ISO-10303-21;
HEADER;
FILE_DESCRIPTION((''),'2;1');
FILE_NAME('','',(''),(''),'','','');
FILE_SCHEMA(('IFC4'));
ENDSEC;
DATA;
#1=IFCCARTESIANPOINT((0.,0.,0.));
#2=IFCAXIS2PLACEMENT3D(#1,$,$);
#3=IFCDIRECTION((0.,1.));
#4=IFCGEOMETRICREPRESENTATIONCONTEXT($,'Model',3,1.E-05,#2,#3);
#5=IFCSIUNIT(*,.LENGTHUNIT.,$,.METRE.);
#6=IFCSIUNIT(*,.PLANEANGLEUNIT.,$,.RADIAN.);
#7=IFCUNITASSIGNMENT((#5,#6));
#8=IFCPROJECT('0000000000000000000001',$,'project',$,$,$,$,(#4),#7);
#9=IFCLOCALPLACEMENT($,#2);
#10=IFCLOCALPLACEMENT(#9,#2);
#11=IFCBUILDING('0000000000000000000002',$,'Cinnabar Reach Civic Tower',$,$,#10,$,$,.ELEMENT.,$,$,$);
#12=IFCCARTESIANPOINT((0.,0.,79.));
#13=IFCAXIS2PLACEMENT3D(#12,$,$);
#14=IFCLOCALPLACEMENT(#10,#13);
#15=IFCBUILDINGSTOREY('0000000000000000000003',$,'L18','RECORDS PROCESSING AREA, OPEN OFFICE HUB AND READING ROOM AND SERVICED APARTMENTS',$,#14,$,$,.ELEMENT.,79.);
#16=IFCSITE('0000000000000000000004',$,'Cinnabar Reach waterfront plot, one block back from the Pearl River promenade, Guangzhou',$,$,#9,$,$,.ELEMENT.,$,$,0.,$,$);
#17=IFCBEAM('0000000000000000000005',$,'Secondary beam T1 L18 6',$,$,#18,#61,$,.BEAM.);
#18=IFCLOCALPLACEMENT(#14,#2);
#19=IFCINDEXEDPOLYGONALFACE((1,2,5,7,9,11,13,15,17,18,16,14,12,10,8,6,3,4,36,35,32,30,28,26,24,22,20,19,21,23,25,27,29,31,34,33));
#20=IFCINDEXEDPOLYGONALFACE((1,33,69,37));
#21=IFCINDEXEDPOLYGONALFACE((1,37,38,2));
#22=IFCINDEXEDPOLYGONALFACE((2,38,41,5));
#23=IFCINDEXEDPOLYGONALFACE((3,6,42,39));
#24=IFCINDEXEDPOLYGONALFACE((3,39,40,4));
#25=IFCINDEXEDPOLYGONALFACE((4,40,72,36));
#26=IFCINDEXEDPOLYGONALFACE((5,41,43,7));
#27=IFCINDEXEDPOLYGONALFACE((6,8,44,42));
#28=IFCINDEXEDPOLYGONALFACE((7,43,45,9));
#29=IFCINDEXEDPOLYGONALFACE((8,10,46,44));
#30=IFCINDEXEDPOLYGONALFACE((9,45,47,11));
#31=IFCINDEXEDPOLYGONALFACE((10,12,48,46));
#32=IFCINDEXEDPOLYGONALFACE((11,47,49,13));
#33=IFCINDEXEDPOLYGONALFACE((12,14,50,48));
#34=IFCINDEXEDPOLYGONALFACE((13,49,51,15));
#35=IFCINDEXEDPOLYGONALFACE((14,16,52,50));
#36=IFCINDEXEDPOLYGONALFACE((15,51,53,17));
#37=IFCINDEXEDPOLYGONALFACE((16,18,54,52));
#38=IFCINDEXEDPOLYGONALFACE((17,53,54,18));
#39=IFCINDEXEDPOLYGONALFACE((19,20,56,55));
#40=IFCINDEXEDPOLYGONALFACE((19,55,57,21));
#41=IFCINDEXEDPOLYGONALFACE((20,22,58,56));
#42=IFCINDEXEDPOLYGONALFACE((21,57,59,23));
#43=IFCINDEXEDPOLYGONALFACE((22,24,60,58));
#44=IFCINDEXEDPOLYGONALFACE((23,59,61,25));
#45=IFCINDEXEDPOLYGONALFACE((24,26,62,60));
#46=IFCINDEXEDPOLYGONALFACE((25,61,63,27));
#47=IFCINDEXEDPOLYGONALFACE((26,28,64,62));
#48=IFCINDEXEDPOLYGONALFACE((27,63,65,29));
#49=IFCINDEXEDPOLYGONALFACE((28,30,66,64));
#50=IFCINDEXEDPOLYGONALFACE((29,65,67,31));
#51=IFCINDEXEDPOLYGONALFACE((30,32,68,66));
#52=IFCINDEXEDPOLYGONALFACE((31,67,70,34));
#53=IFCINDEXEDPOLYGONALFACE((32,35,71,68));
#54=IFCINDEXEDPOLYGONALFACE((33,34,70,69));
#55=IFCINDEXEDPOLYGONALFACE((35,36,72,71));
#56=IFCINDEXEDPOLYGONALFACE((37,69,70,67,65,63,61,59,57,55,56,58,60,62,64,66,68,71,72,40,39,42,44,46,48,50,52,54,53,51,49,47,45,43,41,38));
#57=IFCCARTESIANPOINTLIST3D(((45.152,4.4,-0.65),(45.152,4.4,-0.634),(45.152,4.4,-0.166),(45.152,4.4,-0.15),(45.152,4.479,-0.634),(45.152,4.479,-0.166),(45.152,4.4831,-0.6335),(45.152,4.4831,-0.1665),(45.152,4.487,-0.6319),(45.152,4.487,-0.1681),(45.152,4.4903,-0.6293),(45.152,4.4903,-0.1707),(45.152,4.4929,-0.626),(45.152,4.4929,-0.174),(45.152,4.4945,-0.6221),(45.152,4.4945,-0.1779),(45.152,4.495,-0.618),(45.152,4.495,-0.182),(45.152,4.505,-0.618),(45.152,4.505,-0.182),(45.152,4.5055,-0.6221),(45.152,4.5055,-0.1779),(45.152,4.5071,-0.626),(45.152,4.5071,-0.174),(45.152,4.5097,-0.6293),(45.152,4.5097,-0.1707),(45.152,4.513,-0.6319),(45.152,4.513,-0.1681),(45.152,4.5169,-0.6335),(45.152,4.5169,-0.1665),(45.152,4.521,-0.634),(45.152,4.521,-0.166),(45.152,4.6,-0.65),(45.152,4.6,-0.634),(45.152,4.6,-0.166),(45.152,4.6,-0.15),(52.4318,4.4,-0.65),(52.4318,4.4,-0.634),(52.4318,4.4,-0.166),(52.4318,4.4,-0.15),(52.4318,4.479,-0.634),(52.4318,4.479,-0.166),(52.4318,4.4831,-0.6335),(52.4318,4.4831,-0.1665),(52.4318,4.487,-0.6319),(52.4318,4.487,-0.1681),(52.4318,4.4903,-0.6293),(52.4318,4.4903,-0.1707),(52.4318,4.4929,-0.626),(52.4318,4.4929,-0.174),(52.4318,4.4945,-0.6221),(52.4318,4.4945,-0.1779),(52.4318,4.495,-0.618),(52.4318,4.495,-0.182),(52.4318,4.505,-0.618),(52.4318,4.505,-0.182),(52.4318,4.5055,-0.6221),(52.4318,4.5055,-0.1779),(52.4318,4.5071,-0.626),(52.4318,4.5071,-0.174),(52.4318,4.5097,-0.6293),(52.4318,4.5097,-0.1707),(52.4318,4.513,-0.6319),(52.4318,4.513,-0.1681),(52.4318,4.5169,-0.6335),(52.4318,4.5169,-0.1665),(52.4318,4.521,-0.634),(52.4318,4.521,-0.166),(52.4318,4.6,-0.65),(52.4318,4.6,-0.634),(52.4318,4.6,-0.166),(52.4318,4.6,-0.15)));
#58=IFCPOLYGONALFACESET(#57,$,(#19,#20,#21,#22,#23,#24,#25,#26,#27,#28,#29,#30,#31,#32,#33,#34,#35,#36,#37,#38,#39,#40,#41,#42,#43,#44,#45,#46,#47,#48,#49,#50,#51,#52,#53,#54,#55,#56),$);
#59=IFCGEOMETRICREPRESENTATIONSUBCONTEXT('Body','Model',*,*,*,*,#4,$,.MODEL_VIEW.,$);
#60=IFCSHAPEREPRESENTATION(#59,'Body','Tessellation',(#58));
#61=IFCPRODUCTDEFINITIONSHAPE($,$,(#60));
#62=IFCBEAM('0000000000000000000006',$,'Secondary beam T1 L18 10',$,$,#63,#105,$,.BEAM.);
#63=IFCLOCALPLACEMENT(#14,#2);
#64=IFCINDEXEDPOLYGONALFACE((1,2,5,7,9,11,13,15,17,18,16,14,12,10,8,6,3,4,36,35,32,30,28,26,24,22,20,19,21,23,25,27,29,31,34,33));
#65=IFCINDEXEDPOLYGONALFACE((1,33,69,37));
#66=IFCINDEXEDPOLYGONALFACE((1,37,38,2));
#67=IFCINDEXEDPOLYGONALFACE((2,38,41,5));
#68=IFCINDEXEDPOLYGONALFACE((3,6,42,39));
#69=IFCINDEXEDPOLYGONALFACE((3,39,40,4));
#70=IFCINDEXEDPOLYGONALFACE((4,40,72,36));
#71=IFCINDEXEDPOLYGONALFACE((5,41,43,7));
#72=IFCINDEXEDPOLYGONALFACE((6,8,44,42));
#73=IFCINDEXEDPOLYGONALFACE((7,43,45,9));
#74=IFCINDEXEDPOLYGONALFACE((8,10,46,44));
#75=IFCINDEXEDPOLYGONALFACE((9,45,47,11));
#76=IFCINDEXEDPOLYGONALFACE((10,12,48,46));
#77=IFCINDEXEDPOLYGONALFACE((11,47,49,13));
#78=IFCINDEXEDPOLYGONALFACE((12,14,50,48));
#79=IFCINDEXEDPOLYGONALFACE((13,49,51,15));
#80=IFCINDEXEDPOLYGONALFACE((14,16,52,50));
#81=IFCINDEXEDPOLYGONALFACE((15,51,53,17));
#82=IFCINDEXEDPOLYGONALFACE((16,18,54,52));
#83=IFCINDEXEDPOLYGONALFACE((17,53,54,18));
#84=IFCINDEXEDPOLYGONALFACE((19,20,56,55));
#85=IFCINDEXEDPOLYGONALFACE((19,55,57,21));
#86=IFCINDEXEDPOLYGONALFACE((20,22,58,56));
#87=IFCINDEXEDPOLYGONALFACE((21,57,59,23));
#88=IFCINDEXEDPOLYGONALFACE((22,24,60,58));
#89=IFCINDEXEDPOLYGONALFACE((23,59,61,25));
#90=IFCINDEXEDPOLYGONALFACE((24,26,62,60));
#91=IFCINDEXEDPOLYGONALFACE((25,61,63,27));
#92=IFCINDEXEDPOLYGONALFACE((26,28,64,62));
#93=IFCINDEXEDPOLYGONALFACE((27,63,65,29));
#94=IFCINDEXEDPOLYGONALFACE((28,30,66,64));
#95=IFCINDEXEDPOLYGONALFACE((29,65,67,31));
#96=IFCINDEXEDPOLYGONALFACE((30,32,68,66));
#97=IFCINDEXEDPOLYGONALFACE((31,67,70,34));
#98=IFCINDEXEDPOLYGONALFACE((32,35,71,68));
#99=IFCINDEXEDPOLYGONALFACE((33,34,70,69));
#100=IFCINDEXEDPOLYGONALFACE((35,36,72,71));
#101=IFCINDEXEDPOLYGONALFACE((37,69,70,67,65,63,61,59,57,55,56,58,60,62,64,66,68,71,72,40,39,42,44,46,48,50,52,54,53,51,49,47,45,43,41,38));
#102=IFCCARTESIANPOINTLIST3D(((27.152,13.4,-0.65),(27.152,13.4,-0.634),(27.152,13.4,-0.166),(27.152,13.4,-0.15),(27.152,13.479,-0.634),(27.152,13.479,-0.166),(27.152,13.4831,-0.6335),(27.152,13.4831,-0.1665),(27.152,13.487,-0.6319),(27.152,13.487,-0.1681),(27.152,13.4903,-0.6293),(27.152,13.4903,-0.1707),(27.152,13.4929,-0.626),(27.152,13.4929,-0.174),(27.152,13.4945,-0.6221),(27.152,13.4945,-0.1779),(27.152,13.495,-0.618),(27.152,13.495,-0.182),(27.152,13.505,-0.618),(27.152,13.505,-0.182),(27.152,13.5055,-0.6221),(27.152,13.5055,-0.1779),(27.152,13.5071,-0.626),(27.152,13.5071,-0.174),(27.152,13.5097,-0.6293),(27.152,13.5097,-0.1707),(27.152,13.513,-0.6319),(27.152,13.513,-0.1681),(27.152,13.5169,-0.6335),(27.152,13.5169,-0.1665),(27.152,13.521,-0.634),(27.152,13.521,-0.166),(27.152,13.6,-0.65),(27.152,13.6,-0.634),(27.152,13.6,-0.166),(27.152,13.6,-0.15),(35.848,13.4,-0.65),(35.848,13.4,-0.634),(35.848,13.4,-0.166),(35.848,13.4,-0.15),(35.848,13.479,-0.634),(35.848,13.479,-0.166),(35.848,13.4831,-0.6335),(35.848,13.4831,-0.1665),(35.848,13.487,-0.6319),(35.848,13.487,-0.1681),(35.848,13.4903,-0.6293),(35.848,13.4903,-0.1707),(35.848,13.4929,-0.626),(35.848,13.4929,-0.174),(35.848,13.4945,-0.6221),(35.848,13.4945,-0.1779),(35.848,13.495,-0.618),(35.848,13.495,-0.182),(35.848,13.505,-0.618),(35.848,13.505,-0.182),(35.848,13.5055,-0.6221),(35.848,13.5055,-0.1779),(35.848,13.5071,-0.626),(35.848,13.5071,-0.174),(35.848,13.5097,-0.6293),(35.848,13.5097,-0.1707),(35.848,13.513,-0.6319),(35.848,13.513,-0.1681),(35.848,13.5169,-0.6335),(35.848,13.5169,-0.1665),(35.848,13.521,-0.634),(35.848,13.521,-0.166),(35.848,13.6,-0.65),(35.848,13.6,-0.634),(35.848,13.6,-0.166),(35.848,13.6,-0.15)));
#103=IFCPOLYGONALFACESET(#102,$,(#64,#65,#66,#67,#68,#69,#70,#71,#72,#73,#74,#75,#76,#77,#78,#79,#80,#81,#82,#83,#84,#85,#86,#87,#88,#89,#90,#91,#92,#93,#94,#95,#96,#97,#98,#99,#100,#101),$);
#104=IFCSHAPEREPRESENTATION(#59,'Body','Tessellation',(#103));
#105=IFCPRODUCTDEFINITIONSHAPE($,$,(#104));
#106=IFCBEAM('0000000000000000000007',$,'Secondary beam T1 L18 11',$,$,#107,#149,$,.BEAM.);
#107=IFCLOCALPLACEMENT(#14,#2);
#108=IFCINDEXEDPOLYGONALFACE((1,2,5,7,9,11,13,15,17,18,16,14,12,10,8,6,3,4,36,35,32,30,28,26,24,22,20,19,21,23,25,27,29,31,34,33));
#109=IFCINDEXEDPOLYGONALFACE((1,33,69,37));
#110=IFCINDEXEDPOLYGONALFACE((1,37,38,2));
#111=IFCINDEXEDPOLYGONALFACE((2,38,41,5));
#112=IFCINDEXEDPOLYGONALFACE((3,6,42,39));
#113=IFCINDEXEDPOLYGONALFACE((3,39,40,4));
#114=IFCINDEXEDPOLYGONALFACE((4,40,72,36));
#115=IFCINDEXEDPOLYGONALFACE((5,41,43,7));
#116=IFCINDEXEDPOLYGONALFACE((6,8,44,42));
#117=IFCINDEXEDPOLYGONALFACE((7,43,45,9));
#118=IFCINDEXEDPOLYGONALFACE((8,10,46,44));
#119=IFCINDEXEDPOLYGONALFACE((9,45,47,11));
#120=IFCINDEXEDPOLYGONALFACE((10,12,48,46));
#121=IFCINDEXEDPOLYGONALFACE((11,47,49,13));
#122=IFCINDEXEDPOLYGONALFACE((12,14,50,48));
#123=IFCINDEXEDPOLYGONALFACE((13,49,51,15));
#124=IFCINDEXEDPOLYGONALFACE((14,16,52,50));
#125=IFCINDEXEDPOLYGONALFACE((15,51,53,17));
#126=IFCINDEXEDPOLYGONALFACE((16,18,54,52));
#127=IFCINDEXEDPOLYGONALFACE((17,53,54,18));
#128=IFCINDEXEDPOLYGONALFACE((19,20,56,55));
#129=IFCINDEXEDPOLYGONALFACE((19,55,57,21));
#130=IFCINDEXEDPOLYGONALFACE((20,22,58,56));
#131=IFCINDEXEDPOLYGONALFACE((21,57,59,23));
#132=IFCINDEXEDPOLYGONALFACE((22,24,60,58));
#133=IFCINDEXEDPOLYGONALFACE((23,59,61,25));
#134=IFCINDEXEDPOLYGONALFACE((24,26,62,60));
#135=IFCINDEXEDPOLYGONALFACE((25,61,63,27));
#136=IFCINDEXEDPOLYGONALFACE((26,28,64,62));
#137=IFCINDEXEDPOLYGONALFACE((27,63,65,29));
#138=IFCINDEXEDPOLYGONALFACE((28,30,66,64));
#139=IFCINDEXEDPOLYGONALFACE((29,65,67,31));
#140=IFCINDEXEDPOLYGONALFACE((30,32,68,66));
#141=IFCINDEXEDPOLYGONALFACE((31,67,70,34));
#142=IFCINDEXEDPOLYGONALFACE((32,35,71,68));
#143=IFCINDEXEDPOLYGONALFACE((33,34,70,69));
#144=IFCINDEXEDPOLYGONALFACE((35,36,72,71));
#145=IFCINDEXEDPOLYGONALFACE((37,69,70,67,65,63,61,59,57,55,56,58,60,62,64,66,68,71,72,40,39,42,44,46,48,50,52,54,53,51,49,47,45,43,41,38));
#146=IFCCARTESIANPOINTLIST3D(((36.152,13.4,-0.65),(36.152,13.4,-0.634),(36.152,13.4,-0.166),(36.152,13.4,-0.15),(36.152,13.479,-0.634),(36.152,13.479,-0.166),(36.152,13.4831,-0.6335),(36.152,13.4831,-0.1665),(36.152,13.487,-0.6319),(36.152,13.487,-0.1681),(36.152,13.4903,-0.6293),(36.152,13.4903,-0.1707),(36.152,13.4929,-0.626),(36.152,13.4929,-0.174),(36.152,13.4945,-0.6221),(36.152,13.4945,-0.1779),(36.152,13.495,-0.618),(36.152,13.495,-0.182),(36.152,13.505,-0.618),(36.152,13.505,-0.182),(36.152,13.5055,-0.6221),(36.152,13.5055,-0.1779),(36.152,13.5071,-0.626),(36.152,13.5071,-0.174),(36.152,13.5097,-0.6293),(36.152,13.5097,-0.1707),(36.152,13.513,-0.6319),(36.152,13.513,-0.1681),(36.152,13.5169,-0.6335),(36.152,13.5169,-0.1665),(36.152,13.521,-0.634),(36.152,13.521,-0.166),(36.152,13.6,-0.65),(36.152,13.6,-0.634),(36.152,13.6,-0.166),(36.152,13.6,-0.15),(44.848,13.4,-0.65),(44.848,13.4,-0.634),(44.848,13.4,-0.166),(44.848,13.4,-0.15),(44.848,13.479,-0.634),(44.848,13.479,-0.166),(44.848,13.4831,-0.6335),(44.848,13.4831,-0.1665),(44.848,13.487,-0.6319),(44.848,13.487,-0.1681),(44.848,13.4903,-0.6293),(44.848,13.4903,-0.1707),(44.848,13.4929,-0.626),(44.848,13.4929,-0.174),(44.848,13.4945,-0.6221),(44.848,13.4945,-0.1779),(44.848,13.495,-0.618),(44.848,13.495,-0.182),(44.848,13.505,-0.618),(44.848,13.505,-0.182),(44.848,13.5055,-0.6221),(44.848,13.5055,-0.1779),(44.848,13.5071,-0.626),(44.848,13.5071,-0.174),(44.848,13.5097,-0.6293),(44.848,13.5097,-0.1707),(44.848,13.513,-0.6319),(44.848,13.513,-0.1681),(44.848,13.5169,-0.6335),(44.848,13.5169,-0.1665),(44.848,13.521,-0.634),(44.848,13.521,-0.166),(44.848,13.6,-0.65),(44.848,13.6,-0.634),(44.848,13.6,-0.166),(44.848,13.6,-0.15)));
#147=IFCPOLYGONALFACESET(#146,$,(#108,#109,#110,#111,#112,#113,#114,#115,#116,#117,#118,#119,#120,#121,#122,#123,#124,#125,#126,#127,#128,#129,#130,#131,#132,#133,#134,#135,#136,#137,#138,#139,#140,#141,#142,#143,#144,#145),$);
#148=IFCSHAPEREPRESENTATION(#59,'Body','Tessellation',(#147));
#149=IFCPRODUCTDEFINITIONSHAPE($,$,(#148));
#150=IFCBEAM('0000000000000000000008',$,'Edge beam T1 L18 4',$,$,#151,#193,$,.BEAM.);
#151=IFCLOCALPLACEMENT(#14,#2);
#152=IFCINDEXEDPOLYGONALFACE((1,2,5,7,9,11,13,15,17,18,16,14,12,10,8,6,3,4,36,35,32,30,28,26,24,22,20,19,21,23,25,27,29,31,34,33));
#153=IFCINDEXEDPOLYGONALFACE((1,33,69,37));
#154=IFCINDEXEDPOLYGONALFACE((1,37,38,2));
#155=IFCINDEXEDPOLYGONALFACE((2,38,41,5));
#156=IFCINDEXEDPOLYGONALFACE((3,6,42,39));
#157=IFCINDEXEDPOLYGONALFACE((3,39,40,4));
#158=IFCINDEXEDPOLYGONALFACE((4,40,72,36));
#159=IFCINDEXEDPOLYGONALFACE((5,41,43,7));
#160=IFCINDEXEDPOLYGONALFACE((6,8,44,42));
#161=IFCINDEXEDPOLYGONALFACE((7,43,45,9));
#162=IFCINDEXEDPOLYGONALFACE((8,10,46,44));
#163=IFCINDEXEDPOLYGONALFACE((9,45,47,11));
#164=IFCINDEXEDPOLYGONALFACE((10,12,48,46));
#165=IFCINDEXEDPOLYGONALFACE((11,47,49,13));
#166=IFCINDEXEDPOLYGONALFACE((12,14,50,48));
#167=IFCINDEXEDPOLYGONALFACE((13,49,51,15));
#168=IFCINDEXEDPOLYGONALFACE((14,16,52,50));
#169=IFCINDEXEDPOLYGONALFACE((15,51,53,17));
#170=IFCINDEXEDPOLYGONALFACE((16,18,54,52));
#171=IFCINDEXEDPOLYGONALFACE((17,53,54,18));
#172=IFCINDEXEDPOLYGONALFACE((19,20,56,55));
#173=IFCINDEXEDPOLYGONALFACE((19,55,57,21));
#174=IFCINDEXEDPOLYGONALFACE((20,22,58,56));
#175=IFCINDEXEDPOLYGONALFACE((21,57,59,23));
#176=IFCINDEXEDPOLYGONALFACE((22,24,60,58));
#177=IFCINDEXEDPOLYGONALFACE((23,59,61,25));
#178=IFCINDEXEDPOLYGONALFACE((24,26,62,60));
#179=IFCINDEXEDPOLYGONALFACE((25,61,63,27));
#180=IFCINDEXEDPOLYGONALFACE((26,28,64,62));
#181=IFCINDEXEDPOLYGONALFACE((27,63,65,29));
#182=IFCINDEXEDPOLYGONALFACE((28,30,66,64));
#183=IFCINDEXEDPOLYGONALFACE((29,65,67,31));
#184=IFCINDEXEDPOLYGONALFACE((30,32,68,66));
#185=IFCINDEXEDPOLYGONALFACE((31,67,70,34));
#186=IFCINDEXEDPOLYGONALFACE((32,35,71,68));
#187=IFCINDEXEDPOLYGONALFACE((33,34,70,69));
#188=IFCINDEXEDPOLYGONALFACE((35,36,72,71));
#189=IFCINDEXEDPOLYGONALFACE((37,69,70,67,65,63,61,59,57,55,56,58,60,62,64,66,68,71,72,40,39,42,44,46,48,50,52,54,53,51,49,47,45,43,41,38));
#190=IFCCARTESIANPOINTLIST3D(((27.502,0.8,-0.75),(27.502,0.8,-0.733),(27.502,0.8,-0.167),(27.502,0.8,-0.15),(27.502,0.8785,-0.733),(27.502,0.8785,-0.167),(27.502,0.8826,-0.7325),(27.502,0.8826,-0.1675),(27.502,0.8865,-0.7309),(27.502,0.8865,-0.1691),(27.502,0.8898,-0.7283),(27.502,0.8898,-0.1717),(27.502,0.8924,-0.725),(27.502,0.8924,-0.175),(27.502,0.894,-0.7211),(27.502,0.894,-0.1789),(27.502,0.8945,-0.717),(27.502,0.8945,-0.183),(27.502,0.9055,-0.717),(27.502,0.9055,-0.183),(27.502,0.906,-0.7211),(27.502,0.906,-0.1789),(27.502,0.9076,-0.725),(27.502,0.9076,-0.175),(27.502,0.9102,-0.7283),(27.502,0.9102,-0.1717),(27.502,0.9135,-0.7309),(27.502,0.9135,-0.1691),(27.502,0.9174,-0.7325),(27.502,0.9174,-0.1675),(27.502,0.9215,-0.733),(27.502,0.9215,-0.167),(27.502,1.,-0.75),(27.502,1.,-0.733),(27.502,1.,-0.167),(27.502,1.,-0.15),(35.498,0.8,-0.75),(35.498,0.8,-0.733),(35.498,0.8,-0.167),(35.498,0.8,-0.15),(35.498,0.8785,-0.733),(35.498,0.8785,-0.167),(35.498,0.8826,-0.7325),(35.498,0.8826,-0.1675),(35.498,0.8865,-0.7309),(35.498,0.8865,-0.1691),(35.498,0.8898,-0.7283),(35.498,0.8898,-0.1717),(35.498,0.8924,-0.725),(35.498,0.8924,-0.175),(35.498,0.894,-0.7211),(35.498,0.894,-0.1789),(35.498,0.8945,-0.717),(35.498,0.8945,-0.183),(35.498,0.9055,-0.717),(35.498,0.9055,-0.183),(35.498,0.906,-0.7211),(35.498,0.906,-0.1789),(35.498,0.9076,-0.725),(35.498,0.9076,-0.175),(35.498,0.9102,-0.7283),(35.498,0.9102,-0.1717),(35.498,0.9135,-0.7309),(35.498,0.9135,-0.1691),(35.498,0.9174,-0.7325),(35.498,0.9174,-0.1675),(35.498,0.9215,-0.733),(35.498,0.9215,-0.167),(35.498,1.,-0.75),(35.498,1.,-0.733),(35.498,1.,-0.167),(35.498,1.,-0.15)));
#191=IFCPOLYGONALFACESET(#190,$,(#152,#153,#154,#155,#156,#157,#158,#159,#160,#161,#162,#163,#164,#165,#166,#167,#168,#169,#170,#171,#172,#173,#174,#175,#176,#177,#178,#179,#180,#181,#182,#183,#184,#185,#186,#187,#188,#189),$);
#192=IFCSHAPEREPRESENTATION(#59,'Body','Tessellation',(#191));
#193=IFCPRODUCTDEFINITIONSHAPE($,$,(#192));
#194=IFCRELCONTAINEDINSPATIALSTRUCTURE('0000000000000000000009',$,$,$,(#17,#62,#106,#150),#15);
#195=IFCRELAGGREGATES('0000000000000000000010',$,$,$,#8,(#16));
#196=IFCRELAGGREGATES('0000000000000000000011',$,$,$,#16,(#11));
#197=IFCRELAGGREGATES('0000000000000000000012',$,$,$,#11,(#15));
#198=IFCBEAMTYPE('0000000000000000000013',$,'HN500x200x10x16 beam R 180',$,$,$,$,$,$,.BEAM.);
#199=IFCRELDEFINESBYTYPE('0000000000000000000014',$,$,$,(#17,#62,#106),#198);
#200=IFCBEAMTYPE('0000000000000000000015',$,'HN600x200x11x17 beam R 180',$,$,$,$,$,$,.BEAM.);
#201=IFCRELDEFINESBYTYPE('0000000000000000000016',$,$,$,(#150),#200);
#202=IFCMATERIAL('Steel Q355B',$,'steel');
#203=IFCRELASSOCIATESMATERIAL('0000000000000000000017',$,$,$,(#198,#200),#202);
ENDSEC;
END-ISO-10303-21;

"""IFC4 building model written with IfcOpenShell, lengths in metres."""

from ifc_helpers import new_model, si_unit, direction, frame, origin, origin_2d, place, context, subcontext, project, spatial, i_section, extrude, material, material_profile, profile_set, type_object, element, save


model = new_model("IFC4")

# Units and contexts
model_context = context("Model", 3, precision=1e-05, world=origin(), true_north=direction((0.0, 1.0)))
body_context = subcontext(model_context, "Body", "Model", "MODEL_VIEW")
ifc_project = project(units=[si_unit("LENGTHUNIT", "METRE"), si_unit("PLANEANGLEUNIT", "RADIAN")], contexts=[model_context])

# Site, building, storey
site_placement = place(None, origin())
site = spatial("IfcSite", under=ifc_project, at=site_placement, Name="Cinnabar Reach waterfront plot, one block back from the Pearl River promenade, Guangzhou", CompositionType="ELEMENT", RefElevation=0.0)
building_placement = place(site_placement, origin())
building = spatial("IfcBuilding", under=site, at=building_placement, Name="Cinnabar Reach Civic Tower", CompositionType="ELEMENT")
storey_placement = place(building_placement, frame((0.0, 0.0, 79.0)))
storey = spatial("IfcBuildingStorey", under=building, at=storey_placement, Name="L18", Description="RECORDS PROCESSING AREA, OPEN OFFICE HUB AND READING ROOM AND SERVICED APARTMENTS", CompositionType="ELEMENT", Elevation=79.0)

# Beams
ifc_material_1 = material(Name="Steel Q355B", Category="steel")
ifc_material_profile_1 = material_profile(ifc_material_1, i_section(OverallWidth=0.2, OverallDepth=0.5, WebThickness=0.01, FlangeThickness=0.016, FilletRadius=0.016, at=origin_2d()), Name="HN500x200x10x16")
ifc_profile_set_1 = profile_set([ifc_material_profile_1], Name="Steel Q355B")
beam_type_1 = type_object("IfcBeamType", Name="HN500x200x10x16 beam R 180", PredefinedType="BEAM", material=ifc_profile_set_1)
beam_1_placement = place(storey_placement, frame((45.152, 4.5, -0.4), z_axis=(1.0, 0.0, 0.0), x_axis=(0.0, 1.0, 0.0)))
element("IfcBeam", 1, at=beam_1_placement, inside=storey, type_object=beam_type_1, Name="Secondary beam T1 L18 6", PredefinedType="BEAM", context=body_context, shape_type="SweptSolid", body=[
    extrude(i_section(OverallWidth=0.2, OverallDepth=0.5, WebThickness=0.01, FlangeThickness=0.016, FilletRadius=0.016, at=origin_2d()), origin(), (0.0, 0.0, 1.0), 7.2798),
])
for number, where, z_axis, x_axis, name in (
    (2, (27.152, 13.5, -0.4), (1.0, 0.0, 0.0), (0.0, 1.0, 0.0), "Secondary beam T1 L18 10"),
    (3, (36.152, 13.5, -0.4), (1.0, 0.0, 0.0), (0.0, 1.0, 0.0), "Secondary beam T1 L18 11"),
):
    element("IfcBeam", number, at=place(storey_placement, frame(where, z_axis=z_axis, x_axis=x_axis)), inside=storey, type_object=beam_type_1, Name=name, PredefinedType="BEAM", context=body_context, shape_type="SweptSolid", body=[
        extrude(i_section(OverallWidth=0.2, OverallDepth=0.5, WebThickness=0.01, FlangeThickness=0.016, FilletRadius=0.016, at=origin_2d()), origin(), (0.0, 0.0, 1.0), 8.696),
    ])
ifc_material_profile_2 = material_profile(ifc_material_1, i_section(OverallWidth=0.2, OverallDepth=0.6, WebThickness=0.011, FlangeThickness=0.017, FilletRadius=0.016, at=origin_2d()), Name="HN600x200x11x17")
ifc_profile_set_2 = profile_set([ifc_material_profile_2], Name="Steel Q355B")
beam_type_2 = type_object("IfcBeamType", Name="HN600x200x11x17 beam R 180", PredefinedType="BEAM", material=ifc_profile_set_2)
for number, where, z_axis, x_axis, name in (
    (4, (27.502, 0.9, -0.45), (1.0, 0.0, 0.0), (0.0, 1.0, 0.0), "Edge beam T1 L18 4"),
):
    element("IfcBeam", number, at=place(storey_placement, frame(where, z_axis=z_axis, x_axis=x_axis)), inside=storey, type_object=beam_type_2, Name=name, PredefinedType="BEAM", context=body_context, shape_type="SweptSolid", body=[
        extrude(i_section(OverallWidth=0.2, OverallDepth=0.6, WebThickness=0.011, FlangeThickness=0.017, FilletRadius=0.016, at=origin_2d()), origin(), (0.0, 0.0, 1.0), 7.996),
    ])

save(model, "model.ifc")
